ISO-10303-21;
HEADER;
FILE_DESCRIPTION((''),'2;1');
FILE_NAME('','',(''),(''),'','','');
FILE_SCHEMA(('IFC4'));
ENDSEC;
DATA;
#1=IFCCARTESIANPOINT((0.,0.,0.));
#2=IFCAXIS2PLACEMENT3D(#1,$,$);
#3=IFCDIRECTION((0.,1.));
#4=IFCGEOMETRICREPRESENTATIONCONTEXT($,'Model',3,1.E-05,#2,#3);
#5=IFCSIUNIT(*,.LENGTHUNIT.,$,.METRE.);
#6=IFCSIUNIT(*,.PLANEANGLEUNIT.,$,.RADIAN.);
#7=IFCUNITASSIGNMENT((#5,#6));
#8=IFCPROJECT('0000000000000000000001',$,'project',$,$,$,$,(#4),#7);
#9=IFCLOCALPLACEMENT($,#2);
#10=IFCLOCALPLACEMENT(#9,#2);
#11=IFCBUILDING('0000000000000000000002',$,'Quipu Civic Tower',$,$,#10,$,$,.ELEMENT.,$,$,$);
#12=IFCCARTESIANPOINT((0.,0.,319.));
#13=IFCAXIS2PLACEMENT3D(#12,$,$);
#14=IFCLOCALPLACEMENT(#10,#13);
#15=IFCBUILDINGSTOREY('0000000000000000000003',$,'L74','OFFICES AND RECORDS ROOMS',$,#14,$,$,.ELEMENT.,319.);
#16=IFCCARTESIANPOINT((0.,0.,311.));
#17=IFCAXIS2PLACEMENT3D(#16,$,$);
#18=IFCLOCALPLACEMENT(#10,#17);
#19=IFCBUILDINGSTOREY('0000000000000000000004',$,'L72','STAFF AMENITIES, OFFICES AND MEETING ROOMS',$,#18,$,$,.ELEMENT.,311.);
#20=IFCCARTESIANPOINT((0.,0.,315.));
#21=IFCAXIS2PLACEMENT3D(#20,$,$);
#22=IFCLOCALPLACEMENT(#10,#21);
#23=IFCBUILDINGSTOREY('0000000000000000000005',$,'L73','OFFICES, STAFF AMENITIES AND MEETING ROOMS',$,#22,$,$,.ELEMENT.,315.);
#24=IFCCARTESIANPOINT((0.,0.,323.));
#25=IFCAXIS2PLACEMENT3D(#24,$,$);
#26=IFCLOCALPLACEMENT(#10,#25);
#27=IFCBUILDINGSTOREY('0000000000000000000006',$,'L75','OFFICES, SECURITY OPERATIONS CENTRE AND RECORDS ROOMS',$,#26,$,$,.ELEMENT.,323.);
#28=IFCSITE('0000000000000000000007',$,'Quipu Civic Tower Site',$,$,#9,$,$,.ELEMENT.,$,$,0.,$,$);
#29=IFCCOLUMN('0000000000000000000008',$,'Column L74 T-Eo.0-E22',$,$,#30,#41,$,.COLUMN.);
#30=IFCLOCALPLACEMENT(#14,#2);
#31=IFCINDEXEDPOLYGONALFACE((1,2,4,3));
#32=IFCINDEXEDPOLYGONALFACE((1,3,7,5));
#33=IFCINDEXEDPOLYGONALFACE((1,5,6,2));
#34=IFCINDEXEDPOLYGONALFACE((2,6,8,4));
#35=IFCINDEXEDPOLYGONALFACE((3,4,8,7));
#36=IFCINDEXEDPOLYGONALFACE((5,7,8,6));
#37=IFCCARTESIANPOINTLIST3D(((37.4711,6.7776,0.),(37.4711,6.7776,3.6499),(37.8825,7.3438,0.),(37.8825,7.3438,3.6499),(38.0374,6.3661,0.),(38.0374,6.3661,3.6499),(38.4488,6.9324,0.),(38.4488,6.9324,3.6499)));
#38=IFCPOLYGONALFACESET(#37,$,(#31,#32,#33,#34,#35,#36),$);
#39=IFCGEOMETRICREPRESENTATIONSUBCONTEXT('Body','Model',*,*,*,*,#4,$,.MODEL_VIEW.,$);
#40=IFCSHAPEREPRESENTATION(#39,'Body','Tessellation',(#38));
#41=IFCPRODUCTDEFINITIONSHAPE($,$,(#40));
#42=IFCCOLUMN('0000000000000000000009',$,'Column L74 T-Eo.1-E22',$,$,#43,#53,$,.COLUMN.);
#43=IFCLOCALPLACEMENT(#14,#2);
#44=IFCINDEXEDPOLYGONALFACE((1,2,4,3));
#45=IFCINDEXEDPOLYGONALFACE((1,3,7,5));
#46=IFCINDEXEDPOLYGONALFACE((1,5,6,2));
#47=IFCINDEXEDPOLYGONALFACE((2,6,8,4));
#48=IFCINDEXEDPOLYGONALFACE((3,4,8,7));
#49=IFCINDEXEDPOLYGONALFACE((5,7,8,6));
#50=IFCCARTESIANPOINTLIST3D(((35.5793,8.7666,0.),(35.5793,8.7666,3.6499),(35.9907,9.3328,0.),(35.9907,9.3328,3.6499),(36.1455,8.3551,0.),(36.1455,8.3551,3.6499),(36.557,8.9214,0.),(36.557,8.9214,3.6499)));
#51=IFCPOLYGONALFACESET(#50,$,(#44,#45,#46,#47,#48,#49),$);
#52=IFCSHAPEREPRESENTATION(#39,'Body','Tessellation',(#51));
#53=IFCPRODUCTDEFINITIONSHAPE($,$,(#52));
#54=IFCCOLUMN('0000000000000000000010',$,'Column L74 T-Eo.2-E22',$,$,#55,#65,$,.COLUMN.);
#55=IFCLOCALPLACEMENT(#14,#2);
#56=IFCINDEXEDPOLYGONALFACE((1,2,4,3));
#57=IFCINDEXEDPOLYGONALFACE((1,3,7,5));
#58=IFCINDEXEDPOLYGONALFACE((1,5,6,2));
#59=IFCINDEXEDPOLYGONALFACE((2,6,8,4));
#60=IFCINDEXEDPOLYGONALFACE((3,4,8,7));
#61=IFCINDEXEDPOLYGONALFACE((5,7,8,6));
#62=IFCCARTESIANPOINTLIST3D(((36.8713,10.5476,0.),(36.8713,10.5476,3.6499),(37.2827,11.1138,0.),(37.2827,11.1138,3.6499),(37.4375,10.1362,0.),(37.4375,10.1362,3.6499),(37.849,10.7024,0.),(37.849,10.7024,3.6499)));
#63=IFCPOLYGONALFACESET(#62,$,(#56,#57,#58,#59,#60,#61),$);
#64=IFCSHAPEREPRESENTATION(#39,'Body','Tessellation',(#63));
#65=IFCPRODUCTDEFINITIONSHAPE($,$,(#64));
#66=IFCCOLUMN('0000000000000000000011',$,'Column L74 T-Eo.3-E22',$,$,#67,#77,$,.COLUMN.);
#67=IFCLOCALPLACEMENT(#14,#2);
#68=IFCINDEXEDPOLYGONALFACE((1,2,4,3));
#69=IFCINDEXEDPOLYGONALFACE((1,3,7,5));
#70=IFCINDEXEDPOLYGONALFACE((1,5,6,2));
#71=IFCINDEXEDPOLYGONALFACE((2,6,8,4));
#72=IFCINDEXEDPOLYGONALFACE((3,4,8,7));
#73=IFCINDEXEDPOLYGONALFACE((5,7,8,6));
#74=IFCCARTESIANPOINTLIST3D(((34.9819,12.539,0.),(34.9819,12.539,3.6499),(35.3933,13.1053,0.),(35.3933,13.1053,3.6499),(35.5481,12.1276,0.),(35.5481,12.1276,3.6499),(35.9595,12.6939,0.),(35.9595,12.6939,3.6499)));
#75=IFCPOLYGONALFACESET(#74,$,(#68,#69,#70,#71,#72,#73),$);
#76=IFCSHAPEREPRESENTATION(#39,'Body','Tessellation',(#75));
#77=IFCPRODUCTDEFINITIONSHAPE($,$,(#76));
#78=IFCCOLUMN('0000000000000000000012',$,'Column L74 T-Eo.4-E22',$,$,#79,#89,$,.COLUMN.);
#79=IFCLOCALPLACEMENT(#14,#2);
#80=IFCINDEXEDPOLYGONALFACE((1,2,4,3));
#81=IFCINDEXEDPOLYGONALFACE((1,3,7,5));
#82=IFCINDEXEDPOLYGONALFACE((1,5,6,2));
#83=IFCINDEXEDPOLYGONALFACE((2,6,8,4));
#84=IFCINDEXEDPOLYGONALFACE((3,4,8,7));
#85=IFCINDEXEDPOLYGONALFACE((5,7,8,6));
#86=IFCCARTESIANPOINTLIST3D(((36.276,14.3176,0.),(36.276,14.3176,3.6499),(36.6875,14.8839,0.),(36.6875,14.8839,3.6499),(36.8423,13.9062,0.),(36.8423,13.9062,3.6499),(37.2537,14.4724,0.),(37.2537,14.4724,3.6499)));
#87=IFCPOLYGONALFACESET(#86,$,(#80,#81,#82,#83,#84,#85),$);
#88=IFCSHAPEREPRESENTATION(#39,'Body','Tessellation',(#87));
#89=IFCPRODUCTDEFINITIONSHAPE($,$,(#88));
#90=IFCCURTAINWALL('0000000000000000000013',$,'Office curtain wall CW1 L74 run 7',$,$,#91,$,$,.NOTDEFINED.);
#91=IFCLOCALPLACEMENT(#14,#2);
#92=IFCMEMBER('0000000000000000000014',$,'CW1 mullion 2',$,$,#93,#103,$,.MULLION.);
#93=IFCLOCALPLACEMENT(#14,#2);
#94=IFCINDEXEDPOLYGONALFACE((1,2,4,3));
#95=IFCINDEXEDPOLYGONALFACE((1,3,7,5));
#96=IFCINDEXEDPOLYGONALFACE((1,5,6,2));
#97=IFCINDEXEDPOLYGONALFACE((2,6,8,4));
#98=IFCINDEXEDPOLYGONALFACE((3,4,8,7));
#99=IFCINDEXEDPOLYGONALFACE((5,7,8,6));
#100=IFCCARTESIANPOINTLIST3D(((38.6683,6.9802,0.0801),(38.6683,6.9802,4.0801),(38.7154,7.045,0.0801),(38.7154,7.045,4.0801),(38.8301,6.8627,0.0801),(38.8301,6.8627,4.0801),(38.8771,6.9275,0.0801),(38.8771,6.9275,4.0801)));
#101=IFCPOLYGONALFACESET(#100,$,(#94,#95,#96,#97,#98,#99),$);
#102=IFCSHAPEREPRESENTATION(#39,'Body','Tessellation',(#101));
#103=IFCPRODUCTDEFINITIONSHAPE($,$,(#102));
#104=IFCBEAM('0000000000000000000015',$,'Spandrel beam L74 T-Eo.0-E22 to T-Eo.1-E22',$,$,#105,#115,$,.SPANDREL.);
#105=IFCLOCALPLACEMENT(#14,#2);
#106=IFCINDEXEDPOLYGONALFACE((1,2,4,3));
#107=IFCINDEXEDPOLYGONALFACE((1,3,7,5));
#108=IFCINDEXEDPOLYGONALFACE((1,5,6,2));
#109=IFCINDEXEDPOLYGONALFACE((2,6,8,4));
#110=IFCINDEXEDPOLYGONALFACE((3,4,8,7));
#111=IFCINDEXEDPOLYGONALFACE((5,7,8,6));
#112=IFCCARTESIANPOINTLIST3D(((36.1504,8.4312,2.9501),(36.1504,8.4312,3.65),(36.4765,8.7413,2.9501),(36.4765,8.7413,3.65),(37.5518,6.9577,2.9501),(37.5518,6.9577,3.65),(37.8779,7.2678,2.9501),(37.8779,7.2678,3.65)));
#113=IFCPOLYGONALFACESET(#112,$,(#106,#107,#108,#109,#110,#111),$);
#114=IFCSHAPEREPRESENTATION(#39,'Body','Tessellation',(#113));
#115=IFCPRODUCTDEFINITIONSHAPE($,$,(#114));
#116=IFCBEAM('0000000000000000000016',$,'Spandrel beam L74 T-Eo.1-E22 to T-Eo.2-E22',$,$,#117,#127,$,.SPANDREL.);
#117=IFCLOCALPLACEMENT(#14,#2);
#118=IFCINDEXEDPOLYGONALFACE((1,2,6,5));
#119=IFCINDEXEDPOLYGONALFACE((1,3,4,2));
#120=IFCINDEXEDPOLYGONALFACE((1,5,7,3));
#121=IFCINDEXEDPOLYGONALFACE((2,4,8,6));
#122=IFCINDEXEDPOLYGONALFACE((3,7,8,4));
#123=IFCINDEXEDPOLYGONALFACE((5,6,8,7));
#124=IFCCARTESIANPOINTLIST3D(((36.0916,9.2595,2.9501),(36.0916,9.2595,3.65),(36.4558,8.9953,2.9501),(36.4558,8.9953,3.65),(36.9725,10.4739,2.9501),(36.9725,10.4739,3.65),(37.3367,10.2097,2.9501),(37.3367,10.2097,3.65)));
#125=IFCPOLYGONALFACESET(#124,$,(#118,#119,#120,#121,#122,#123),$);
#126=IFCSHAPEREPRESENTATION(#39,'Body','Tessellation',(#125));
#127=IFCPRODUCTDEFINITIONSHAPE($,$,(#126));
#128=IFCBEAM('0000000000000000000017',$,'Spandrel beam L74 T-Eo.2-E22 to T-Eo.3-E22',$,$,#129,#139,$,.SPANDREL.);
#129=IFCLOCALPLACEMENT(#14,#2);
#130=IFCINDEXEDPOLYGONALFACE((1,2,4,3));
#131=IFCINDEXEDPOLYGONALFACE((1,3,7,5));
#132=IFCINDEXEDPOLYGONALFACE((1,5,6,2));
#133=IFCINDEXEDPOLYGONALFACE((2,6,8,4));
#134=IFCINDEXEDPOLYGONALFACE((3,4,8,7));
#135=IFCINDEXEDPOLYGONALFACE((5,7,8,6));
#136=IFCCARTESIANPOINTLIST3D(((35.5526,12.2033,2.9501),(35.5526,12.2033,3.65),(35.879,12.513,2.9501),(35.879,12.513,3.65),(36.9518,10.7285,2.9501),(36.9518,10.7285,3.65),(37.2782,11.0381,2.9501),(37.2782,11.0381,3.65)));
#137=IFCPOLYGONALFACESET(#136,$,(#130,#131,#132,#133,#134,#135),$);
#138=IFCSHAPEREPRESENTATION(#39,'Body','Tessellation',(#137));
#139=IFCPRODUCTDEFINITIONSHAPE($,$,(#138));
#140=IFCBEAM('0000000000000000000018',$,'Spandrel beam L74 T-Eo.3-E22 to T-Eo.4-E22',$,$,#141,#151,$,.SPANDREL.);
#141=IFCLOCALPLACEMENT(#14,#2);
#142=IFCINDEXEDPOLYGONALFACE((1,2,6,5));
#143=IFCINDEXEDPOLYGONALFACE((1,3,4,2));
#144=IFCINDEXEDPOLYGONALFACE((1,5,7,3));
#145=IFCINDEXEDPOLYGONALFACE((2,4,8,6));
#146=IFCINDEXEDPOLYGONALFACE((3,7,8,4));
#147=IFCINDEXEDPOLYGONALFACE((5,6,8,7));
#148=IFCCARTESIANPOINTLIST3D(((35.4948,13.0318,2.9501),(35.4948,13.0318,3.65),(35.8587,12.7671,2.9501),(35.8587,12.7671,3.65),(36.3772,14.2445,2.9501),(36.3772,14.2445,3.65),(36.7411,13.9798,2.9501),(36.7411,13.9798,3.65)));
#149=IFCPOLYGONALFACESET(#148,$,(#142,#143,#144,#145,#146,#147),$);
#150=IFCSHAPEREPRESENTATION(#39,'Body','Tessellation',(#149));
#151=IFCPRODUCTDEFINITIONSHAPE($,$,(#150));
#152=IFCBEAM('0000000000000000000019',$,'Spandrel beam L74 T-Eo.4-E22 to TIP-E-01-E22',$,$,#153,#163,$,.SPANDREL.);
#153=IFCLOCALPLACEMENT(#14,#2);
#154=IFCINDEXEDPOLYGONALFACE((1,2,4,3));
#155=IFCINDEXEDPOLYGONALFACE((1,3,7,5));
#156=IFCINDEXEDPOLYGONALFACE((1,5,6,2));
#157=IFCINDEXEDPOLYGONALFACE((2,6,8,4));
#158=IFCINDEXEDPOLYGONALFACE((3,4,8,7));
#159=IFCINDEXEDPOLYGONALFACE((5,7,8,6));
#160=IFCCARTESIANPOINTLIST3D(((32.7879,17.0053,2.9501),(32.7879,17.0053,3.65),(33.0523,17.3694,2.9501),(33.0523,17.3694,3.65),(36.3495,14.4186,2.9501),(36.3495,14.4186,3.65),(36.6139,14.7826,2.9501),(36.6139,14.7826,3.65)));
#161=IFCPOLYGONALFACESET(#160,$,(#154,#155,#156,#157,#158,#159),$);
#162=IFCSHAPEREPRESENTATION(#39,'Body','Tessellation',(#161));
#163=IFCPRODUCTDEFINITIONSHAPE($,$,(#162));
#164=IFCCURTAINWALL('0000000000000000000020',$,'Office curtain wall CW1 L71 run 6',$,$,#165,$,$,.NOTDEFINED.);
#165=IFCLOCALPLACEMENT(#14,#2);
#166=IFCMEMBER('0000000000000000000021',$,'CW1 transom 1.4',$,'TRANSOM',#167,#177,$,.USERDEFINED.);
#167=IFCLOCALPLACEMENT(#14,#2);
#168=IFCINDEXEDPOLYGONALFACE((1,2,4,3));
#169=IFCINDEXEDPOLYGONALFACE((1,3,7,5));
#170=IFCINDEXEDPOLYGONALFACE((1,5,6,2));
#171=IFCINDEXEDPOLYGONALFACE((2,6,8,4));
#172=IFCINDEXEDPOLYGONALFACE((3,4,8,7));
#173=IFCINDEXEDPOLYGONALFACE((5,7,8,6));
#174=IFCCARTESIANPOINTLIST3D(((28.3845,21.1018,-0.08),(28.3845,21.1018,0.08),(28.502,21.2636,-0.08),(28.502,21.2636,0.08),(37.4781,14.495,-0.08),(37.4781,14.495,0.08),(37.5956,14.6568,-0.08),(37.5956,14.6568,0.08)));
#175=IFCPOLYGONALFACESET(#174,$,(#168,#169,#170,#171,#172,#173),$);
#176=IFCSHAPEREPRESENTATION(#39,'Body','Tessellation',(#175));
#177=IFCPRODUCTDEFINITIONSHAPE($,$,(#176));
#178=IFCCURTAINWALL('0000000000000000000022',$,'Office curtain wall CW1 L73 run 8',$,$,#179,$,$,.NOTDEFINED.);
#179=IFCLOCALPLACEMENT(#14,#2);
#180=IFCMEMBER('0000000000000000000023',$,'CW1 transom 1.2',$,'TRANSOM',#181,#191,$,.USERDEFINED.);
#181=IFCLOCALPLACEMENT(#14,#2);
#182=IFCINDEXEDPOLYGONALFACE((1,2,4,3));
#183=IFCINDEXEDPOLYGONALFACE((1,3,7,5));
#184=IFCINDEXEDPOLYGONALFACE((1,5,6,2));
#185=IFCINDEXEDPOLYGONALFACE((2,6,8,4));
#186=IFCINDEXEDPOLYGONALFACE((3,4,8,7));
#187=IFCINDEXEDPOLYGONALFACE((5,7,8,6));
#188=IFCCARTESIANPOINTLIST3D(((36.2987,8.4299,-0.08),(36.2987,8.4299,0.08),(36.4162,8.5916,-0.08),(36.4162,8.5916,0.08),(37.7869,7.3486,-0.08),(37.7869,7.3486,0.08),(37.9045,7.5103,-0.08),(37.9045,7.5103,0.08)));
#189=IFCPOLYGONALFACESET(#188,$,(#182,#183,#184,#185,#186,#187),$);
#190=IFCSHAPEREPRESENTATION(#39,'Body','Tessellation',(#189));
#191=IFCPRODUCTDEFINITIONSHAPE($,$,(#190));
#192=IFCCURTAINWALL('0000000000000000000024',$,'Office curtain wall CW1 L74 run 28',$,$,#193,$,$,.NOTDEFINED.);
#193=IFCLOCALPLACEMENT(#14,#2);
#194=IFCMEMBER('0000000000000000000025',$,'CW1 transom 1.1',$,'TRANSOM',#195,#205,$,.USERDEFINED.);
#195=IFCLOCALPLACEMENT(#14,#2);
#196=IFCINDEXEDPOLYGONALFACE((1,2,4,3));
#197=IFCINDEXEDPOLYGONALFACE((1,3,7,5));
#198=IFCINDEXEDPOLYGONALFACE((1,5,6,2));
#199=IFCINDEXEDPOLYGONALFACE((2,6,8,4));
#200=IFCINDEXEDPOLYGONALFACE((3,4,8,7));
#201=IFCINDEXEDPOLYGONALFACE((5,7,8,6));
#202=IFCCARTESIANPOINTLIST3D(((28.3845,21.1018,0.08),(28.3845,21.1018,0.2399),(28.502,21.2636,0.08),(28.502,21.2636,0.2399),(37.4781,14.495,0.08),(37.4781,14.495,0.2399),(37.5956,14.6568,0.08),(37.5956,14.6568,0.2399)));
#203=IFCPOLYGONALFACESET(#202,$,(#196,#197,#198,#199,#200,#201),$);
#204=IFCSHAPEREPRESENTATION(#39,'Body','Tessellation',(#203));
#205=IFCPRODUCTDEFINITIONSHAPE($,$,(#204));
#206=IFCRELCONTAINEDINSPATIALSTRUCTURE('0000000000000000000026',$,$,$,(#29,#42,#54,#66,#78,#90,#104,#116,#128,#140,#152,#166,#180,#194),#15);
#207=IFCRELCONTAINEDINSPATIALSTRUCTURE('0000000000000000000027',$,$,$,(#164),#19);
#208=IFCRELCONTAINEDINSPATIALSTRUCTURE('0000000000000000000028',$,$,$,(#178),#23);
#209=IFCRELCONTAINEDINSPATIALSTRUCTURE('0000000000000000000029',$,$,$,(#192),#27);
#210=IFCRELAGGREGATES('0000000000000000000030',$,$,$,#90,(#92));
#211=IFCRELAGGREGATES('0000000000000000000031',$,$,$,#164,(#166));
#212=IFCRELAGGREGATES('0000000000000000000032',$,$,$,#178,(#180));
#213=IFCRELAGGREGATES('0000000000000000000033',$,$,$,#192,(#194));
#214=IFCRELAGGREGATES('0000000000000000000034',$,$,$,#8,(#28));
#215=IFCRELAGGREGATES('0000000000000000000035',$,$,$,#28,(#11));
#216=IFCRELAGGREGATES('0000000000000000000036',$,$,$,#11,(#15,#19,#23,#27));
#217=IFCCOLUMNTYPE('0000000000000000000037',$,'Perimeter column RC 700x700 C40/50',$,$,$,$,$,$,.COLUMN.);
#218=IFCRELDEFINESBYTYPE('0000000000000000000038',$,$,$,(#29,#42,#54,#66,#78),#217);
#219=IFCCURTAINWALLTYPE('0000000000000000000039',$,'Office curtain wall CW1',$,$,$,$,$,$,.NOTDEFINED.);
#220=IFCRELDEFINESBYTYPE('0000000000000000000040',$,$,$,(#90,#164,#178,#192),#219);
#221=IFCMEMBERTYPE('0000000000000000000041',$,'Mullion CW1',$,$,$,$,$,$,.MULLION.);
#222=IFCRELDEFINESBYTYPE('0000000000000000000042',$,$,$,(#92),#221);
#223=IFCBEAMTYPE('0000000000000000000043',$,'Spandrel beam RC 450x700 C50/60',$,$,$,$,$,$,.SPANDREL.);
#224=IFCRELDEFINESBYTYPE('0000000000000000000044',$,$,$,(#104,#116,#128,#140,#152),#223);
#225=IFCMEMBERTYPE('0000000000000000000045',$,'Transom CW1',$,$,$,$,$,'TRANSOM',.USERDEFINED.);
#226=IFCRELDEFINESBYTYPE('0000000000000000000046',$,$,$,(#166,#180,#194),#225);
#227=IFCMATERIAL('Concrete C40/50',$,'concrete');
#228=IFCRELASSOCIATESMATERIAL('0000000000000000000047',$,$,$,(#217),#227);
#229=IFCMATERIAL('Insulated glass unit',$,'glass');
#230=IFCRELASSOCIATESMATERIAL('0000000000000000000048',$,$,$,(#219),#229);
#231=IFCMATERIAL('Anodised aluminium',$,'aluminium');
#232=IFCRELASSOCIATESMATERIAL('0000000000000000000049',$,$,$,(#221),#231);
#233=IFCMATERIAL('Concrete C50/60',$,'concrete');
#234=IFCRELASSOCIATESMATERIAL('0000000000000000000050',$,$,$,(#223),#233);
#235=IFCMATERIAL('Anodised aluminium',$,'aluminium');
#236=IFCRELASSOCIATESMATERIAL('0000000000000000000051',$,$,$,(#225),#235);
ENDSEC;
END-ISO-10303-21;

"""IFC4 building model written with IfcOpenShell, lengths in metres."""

from ifc_helpers import new_model, si_unit, direction, frame, origin, origin_2d, place, context, subcontext, project, spatial, rectangle, extrude, material, material_profile, profile_set, type_object, element, aggregate, save


model = new_model("IFC4")

# Units and contexts
model_context = context("Model", 3, precision=1e-05, world=origin(), true_north=direction((0.0, 1.0)))
body_context = subcontext(model_context, "Body", "Model", "MODEL_VIEW")
ifc_project = project(units=[si_unit("LENGTHUNIT", "METRE"), si_unit("PLANEANGLEUNIT", "RADIAN")], contexts=[model_context])

# Site, building, storey
site_placement = place(None, origin())
site = spatial("IfcSite", under=ifc_project, at=site_placement, Name="Quipu Civic Tower Site", CompositionType="ELEMENT", RefElevation=0.0)
building_placement = place(site_placement, origin())
building = spatial("IfcBuilding", under=site, at=building_placement, Name="Quipu Civic Tower", CompositionType="ELEMENT")
storey_1_placement = place(building_placement, frame((0.0, 0.0, 319.0)))
storey_1 = spatial("IfcBuildingStorey", under=building, at=storey_1_placement, Name="L74", Description="OFFICES AND RECORDS ROOMS", CompositionType="ELEMENT", Elevation=319.0)

# Columns
ifc_material_1 = material(Name="Concrete C40/50", Category="concrete")
ifc_material_profile_1 = material_profile(ifc_material_1, rectangle(XDim=0.7, YDim=0.7, at=origin_2d()), Name="RC700x700")
ifc_profile_set_1 = profile_set([ifc_material_profile_1], Name="Concrete C40/50")
column_type = type_object("IfcColumnType", Name="Perimeter column RC 700x700 C40/50", PredefinedType="COLUMN", material=ifc_profile_set_1)
for number, where, z_axis, x_axis, name in (
    (1, (37.96, 6.855, 0.0), (0.0, 0.0, 1.0), (0.587785, 0.809017, 0.0), "Column L74 T-Eo.0-E22"),
    (2, (36.0681, 8.844, 0.0), (0.0, 0.0, 1.0), (0.587785, 0.809017, 0.0), "Column L74 T-Eo.1-E22"),
    (3, (37.3601, 10.625, 0.0), (0.0, 0.0, 1.0), (0.587785, 0.809017, 0.0), "Column L74 T-Eo.2-E22"),
    (4, (35.4707, 12.6165, 0.0), (0.0, 0.0, 1.0), (-0.809017, 0.587785, 0.0), "Column L74 T-Eo.3-E22"),
    (5, (36.7649, 14.395, 0.0), (0.0, 0.0, 1.0), (-0.809017, 0.587785, 0.0), "Column L74 T-Eo.4-E22"),
):
    element("IfcColumn", number, at=place(storey_1_placement, frame(where, z_axis=z_axis, x_axis=x_axis)), inside=storey_1, type_object=column_type, Name=name, PredefinedType="COLUMN", context=body_context, shape_type="SweptSolid", body=[
        extrude(rectangle(XDim=0.7, YDim=0.7, at=origin_2d()), origin(), (0.0, 0.0, 1.0), 3.6499),
    ])

# Curtain wall, member
ifc_material_2 = material(Name="Insulated glass unit", Category="glass")
curtain_wall_type = type_object("IfcCurtainWallType", Name="Office curtain wall CW1", PredefinedType="NOTDEFINED", material=ifc_material_2)
curtain_wall_1_placement = place(storey_1_placement, origin())
curtain_wall_1 = element("IfcCurtainWall", 6, at=curtain_wall_1_placement, inside=storey_1, type_object=curtain_wall_type, Name="Office curtain wall CW1 L74 run 7", PredefinedType="NOTDEFINED")
ifc_material_3 = material(Name="Anodised aluminium", Category="aluminium")
ifc_material_profile_2 = material_profile(ifc_material_3, rectangle(XDim=0.2, YDim=0.0801, at=origin_2d()), Name="RECT 200x80")
ifc_profile_set_2 = profile_set([ifc_material_profile_2], Name="Anodised aluminium")
member_type_1 = type_object("IfcMemberType", Name="Mullion CW1", PredefinedType="MULLION", material=ifc_profile_set_2)
member_1_placement = place(storey_1_placement, frame((38.7727, 6.9539, 0.0801), z_axis=(0.0, 0.0, 1.0), x_axis=(-0.809011, 0.587794, 0.0)))
member_1 = element("IfcMember", 7, at=member_1_placement, type_object=member_type_1, Name="CW1 mullion 2", PredefinedType="MULLION", context=body_context, shape_type="SweptSolid", body=[
    extrude(rectangle(XDim=0.2, YDim=0.0801, at=origin_2d()), origin(), (0.0, 0.0, 1.0), 4.0),
])
aggregate(curtain_wall_1, [member_1])

# Beams
ifc_material_4 = material(Name="Concrete C50/60", Category="concrete")
ifc_material_profile_3 = material_profile(ifc_material_4, rectangle(XDim=0.45, YDim=0.7, at=origin_2d()), Name="RC450x700")
ifc_profile_set_3 = profile_set([ifc_material_profile_3], Name="Concrete C50/60")
beam_type = type_object("IfcBeamType", Name="Spandrel beam RC 450x700 C50/60", PredefinedType="SPANDREL", material=ifc_profile_set_3)
beam_1_placement = place(storey_1_placement, frame((37.7148, 7.1128, 3.3), z_axis=(-0.689175, 0.724595, 0.0), x_axis=(-0.724595, -0.689175, 0.0)))
element("IfcBeam", 8, at=beam_1_placement, inside=storey_1, type_object=beam_type, Name="Spandrel beam L74 T-Eo.0-E22 to T-Eo.1-E22", PredefinedType="SPANDREL", context=body_context, shape_type="SweptSolid", body=[
    extrude(rectangle(XDim=0.45, YDim=0.7, at=origin_2d()), origin(), (0.0, 0.0, 1.0), 2.0334),
])
beam_2_placement = place(storey_1_placement, frame((36.2737, 9.1274, 3.3), z_axis=(0.587165, 0.809467, 0.0), x_axis=(-0.809467, 0.587165, 0.0)))
element("IfcBeam", 9, at=beam_2_placement, inside=storey_1, type_object=beam_type, Name="Spandrel beam L74 T-Eo.1-E22 to T-Eo.2-E22", PredefinedType="SPANDREL", context=body_context, shape_type="SweptSolid", body=[
    extrude(rectangle(XDim=0.45, YDim=0.7, at=origin_2d()), origin(), (0.0, 0.0, 1.0), 1.5002),
])
beam_3_placement = place(storey_1_placement, frame((37.115, 10.8833, 3.3), z_axis=(-0.688247, 0.725476, 0.0), x_axis=(-0.725476, -0.688247, 0.0)))
element("IfcBeam", 10, at=beam_3_placement, inside=storey_1, type_object=beam_type, Name="Spandrel beam L74 T-Eo.2-E22 to T-Eo.3-E22", PredefinedType="SPANDREL", context=body_context, shape_type="SweptSolid", body=[
    extrude(rectangle(XDim=0.45, YDim=0.7, at=origin_2d()), origin(), (0.0, 0.0, 1.0), 2.033),
])
beam_4_placement = place(storey_1_placement, frame((35.6768, 12.8994, 3.3), z_axis=(0.588346, 0.808609, 0.0), x_axis=(-0.808609, 0.588346, 0.0)))
element("IfcBeam", 11, at=beam_4_placement, inside=storey_1, type_object=beam_type, Name="Spandrel beam L74 T-Eo.3-E22 to T-Eo.4-E22", PredefinedType="SPANDREL", context=body_context, shape_type="SweptSolid", body=[
    extrude(rectangle(XDim=0.45, YDim=0.7, at=origin_2d()), origin(), (0.0, 0.0, 1.0), 1.4998),
])
beam_5_placement = place(storey_1_placement, frame((36.4817, 14.6006, 3.3), z_axis=(-0.809117, 0.587647, 0.0), x_axis=(-0.587647, -0.809117, 0.0)))
element("IfcBeam", 12, at=beam_5_placement, inside=storey_1, type_object=beam_type, Name="Spandrel beam L74 T-Eo.4-E22 to TIP-E-01-E22", PredefinedType="SPANDREL", context=body_context, shape_type="SweptSolid", body=[
    extrude(rectangle(XDim=0.45, YDim=0.7, at=origin_2d()), origin(), (0.0, 0.0, 1.0), 4.4019),
])

# Shared definitions
storey_2_placement = place(building_placement, frame((0.0, 0.0, 311.0)))
storey_2 = spatial("IfcBuildingStorey", under=building, at=storey_2_placement, Name="L72", Description="STAFF AMENITIES, OFFICES AND MEETING ROOMS", CompositionType="ELEMENT", Elevation=311.0)

# Curtain wall, member
curtain_wall_2_placement = place(storey_2_placement, origin())
curtain_wall_2 = element("IfcCurtainWall", 13, at=curtain_wall_2_placement, inside=storey_2, type_object=curtain_wall_type, Name="Office curtain wall CW1 L71 run 6", PredefinedType="NOTDEFINED")
ifc_material_5 = material(Name="Anodised aluminium", Category="aluminium")
ifc_material_profile_4 = material_profile(ifc_material_5, rectangle(XDim=0.2, YDim=0.1599, at=origin_2d()), Name="RECT 200x160")
ifc_profile_set_4 = profile_set([ifc_material_profile_4], Name="Anodised aluminium")
member_type_2 = type_object("IfcMemberType", Name="Transom CW1", ElementType="TRANSOM", PredefinedType="USERDEFINED", material=ifc_profile_set_4)
member_2_placement = place(storey_1_placement, frame((37.5369, 14.5759, 0.0), z_axis=(-0.809022, 0.587778, 0.0), x_axis=(-0.587778, -0.809022, 0.0)))
member_2 = element("IfcMember", 14, at=member_2_placement, inside=storey_1, type_object=member_type_2, Name="CW1 transom 1.4", ObjectType="TRANSOM", PredefinedType="USERDEFINED", context=body_context, shape_type="SweptSolid", body=[
    extrude(rectangle(XDim=0.2, YDim=0.1599, at=origin_2d()), origin(), (0.0, 0.0, 1.0), 11.2402),
])
aggregate(curtain_wall_2, [member_2])

# Shared definitions
storey_3_placement = place(building_placement, frame((0.0, 0.0, 315.0)))
storey_3 = spatial("IfcBuildingStorey", under=building, at=storey_3_placement, Name="L73", Description="OFFICES, STAFF AMENITIES AND MEETING ROOMS", CompositionType="ELEMENT", Elevation=315.0)

# Curtain wall, member
curtain_wall_3_placement = place(storey_3_placement, origin())
curtain_wall_3 = element("IfcCurtainWall", 15, at=curtain_wall_3_placement, inside=storey_3, type_object=curtain_wall_type, Name="Office curtain wall CW1 L73 run 8", PredefinedType="NOTDEFINED")
member_3_placement = place(storey_1_placement, frame((36.3574, 8.5107, 0.0), z_axis=(0.809017, -0.587785, 0.0), x_axis=(0.587785, 0.809017, 0.0)))
member_3 = element("IfcMember", 16, at=member_3_placement, inside=storey_1, type_object=member_type_2, Name="CW1 transom 1.2", ObjectType="TRANSOM", PredefinedType="USERDEFINED", context=body_context, shape_type="SweptSolid", body=[
    extrude(rectangle(XDim=0.2, YDim=0.1599, at=origin_2d()), origin(), (0.0, 0.0, 1.0), 1.8396),
])
aggregate(curtain_wall_3, [member_3])

# Shared definitions
storey_4_placement = place(building_placement, frame((0.0, 0.0, 323.0)))
storey_4 = spatial("IfcBuildingStorey", under=building, at=storey_4_placement, Name="L75", Description="OFFICES, SECURITY OPERATIONS CENTRE AND RECORDS ROOMS", CompositionType="ELEMENT", Elevation=323.0)

# Curtain wall, member
curtain_wall_4_placement = place(storey_4_placement, origin())
curtain_wall_4 = element("IfcCurtainWall", 17, at=curtain_wall_4_placement, inside=storey_4, type_object=curtain_wall_type, Name="Office curtain wall CW1 L74 run 28", PredefinedType="NOTDEFINED")
member_4_placement = place(storey_1_placement, frame((37.5369, 14.5759, 0.1599), z_axis=(-0.809022, 0.587778, 0.0), x_axis=(-0.587778, -0.809022, 0.0)))
member_4 = element("IfcMember", 18, at=member_4_placement, inside=storey_1, type_object=member_type_2, Name="CW1 transom 1.1", ObjectType="TRANSOM", PredefinedType="USERDEFINED", context=body_context, shape_type="SweptSolid", body=[
    extrude(rectangle(XDim=0.2, YDim=0.1599, at=origin_2d()), origin(), (0.0, 0.0, 1.0), 11.2402),
])
aggregate(curtain_wall_4, [member_4])

save(model, "model.ifc")
